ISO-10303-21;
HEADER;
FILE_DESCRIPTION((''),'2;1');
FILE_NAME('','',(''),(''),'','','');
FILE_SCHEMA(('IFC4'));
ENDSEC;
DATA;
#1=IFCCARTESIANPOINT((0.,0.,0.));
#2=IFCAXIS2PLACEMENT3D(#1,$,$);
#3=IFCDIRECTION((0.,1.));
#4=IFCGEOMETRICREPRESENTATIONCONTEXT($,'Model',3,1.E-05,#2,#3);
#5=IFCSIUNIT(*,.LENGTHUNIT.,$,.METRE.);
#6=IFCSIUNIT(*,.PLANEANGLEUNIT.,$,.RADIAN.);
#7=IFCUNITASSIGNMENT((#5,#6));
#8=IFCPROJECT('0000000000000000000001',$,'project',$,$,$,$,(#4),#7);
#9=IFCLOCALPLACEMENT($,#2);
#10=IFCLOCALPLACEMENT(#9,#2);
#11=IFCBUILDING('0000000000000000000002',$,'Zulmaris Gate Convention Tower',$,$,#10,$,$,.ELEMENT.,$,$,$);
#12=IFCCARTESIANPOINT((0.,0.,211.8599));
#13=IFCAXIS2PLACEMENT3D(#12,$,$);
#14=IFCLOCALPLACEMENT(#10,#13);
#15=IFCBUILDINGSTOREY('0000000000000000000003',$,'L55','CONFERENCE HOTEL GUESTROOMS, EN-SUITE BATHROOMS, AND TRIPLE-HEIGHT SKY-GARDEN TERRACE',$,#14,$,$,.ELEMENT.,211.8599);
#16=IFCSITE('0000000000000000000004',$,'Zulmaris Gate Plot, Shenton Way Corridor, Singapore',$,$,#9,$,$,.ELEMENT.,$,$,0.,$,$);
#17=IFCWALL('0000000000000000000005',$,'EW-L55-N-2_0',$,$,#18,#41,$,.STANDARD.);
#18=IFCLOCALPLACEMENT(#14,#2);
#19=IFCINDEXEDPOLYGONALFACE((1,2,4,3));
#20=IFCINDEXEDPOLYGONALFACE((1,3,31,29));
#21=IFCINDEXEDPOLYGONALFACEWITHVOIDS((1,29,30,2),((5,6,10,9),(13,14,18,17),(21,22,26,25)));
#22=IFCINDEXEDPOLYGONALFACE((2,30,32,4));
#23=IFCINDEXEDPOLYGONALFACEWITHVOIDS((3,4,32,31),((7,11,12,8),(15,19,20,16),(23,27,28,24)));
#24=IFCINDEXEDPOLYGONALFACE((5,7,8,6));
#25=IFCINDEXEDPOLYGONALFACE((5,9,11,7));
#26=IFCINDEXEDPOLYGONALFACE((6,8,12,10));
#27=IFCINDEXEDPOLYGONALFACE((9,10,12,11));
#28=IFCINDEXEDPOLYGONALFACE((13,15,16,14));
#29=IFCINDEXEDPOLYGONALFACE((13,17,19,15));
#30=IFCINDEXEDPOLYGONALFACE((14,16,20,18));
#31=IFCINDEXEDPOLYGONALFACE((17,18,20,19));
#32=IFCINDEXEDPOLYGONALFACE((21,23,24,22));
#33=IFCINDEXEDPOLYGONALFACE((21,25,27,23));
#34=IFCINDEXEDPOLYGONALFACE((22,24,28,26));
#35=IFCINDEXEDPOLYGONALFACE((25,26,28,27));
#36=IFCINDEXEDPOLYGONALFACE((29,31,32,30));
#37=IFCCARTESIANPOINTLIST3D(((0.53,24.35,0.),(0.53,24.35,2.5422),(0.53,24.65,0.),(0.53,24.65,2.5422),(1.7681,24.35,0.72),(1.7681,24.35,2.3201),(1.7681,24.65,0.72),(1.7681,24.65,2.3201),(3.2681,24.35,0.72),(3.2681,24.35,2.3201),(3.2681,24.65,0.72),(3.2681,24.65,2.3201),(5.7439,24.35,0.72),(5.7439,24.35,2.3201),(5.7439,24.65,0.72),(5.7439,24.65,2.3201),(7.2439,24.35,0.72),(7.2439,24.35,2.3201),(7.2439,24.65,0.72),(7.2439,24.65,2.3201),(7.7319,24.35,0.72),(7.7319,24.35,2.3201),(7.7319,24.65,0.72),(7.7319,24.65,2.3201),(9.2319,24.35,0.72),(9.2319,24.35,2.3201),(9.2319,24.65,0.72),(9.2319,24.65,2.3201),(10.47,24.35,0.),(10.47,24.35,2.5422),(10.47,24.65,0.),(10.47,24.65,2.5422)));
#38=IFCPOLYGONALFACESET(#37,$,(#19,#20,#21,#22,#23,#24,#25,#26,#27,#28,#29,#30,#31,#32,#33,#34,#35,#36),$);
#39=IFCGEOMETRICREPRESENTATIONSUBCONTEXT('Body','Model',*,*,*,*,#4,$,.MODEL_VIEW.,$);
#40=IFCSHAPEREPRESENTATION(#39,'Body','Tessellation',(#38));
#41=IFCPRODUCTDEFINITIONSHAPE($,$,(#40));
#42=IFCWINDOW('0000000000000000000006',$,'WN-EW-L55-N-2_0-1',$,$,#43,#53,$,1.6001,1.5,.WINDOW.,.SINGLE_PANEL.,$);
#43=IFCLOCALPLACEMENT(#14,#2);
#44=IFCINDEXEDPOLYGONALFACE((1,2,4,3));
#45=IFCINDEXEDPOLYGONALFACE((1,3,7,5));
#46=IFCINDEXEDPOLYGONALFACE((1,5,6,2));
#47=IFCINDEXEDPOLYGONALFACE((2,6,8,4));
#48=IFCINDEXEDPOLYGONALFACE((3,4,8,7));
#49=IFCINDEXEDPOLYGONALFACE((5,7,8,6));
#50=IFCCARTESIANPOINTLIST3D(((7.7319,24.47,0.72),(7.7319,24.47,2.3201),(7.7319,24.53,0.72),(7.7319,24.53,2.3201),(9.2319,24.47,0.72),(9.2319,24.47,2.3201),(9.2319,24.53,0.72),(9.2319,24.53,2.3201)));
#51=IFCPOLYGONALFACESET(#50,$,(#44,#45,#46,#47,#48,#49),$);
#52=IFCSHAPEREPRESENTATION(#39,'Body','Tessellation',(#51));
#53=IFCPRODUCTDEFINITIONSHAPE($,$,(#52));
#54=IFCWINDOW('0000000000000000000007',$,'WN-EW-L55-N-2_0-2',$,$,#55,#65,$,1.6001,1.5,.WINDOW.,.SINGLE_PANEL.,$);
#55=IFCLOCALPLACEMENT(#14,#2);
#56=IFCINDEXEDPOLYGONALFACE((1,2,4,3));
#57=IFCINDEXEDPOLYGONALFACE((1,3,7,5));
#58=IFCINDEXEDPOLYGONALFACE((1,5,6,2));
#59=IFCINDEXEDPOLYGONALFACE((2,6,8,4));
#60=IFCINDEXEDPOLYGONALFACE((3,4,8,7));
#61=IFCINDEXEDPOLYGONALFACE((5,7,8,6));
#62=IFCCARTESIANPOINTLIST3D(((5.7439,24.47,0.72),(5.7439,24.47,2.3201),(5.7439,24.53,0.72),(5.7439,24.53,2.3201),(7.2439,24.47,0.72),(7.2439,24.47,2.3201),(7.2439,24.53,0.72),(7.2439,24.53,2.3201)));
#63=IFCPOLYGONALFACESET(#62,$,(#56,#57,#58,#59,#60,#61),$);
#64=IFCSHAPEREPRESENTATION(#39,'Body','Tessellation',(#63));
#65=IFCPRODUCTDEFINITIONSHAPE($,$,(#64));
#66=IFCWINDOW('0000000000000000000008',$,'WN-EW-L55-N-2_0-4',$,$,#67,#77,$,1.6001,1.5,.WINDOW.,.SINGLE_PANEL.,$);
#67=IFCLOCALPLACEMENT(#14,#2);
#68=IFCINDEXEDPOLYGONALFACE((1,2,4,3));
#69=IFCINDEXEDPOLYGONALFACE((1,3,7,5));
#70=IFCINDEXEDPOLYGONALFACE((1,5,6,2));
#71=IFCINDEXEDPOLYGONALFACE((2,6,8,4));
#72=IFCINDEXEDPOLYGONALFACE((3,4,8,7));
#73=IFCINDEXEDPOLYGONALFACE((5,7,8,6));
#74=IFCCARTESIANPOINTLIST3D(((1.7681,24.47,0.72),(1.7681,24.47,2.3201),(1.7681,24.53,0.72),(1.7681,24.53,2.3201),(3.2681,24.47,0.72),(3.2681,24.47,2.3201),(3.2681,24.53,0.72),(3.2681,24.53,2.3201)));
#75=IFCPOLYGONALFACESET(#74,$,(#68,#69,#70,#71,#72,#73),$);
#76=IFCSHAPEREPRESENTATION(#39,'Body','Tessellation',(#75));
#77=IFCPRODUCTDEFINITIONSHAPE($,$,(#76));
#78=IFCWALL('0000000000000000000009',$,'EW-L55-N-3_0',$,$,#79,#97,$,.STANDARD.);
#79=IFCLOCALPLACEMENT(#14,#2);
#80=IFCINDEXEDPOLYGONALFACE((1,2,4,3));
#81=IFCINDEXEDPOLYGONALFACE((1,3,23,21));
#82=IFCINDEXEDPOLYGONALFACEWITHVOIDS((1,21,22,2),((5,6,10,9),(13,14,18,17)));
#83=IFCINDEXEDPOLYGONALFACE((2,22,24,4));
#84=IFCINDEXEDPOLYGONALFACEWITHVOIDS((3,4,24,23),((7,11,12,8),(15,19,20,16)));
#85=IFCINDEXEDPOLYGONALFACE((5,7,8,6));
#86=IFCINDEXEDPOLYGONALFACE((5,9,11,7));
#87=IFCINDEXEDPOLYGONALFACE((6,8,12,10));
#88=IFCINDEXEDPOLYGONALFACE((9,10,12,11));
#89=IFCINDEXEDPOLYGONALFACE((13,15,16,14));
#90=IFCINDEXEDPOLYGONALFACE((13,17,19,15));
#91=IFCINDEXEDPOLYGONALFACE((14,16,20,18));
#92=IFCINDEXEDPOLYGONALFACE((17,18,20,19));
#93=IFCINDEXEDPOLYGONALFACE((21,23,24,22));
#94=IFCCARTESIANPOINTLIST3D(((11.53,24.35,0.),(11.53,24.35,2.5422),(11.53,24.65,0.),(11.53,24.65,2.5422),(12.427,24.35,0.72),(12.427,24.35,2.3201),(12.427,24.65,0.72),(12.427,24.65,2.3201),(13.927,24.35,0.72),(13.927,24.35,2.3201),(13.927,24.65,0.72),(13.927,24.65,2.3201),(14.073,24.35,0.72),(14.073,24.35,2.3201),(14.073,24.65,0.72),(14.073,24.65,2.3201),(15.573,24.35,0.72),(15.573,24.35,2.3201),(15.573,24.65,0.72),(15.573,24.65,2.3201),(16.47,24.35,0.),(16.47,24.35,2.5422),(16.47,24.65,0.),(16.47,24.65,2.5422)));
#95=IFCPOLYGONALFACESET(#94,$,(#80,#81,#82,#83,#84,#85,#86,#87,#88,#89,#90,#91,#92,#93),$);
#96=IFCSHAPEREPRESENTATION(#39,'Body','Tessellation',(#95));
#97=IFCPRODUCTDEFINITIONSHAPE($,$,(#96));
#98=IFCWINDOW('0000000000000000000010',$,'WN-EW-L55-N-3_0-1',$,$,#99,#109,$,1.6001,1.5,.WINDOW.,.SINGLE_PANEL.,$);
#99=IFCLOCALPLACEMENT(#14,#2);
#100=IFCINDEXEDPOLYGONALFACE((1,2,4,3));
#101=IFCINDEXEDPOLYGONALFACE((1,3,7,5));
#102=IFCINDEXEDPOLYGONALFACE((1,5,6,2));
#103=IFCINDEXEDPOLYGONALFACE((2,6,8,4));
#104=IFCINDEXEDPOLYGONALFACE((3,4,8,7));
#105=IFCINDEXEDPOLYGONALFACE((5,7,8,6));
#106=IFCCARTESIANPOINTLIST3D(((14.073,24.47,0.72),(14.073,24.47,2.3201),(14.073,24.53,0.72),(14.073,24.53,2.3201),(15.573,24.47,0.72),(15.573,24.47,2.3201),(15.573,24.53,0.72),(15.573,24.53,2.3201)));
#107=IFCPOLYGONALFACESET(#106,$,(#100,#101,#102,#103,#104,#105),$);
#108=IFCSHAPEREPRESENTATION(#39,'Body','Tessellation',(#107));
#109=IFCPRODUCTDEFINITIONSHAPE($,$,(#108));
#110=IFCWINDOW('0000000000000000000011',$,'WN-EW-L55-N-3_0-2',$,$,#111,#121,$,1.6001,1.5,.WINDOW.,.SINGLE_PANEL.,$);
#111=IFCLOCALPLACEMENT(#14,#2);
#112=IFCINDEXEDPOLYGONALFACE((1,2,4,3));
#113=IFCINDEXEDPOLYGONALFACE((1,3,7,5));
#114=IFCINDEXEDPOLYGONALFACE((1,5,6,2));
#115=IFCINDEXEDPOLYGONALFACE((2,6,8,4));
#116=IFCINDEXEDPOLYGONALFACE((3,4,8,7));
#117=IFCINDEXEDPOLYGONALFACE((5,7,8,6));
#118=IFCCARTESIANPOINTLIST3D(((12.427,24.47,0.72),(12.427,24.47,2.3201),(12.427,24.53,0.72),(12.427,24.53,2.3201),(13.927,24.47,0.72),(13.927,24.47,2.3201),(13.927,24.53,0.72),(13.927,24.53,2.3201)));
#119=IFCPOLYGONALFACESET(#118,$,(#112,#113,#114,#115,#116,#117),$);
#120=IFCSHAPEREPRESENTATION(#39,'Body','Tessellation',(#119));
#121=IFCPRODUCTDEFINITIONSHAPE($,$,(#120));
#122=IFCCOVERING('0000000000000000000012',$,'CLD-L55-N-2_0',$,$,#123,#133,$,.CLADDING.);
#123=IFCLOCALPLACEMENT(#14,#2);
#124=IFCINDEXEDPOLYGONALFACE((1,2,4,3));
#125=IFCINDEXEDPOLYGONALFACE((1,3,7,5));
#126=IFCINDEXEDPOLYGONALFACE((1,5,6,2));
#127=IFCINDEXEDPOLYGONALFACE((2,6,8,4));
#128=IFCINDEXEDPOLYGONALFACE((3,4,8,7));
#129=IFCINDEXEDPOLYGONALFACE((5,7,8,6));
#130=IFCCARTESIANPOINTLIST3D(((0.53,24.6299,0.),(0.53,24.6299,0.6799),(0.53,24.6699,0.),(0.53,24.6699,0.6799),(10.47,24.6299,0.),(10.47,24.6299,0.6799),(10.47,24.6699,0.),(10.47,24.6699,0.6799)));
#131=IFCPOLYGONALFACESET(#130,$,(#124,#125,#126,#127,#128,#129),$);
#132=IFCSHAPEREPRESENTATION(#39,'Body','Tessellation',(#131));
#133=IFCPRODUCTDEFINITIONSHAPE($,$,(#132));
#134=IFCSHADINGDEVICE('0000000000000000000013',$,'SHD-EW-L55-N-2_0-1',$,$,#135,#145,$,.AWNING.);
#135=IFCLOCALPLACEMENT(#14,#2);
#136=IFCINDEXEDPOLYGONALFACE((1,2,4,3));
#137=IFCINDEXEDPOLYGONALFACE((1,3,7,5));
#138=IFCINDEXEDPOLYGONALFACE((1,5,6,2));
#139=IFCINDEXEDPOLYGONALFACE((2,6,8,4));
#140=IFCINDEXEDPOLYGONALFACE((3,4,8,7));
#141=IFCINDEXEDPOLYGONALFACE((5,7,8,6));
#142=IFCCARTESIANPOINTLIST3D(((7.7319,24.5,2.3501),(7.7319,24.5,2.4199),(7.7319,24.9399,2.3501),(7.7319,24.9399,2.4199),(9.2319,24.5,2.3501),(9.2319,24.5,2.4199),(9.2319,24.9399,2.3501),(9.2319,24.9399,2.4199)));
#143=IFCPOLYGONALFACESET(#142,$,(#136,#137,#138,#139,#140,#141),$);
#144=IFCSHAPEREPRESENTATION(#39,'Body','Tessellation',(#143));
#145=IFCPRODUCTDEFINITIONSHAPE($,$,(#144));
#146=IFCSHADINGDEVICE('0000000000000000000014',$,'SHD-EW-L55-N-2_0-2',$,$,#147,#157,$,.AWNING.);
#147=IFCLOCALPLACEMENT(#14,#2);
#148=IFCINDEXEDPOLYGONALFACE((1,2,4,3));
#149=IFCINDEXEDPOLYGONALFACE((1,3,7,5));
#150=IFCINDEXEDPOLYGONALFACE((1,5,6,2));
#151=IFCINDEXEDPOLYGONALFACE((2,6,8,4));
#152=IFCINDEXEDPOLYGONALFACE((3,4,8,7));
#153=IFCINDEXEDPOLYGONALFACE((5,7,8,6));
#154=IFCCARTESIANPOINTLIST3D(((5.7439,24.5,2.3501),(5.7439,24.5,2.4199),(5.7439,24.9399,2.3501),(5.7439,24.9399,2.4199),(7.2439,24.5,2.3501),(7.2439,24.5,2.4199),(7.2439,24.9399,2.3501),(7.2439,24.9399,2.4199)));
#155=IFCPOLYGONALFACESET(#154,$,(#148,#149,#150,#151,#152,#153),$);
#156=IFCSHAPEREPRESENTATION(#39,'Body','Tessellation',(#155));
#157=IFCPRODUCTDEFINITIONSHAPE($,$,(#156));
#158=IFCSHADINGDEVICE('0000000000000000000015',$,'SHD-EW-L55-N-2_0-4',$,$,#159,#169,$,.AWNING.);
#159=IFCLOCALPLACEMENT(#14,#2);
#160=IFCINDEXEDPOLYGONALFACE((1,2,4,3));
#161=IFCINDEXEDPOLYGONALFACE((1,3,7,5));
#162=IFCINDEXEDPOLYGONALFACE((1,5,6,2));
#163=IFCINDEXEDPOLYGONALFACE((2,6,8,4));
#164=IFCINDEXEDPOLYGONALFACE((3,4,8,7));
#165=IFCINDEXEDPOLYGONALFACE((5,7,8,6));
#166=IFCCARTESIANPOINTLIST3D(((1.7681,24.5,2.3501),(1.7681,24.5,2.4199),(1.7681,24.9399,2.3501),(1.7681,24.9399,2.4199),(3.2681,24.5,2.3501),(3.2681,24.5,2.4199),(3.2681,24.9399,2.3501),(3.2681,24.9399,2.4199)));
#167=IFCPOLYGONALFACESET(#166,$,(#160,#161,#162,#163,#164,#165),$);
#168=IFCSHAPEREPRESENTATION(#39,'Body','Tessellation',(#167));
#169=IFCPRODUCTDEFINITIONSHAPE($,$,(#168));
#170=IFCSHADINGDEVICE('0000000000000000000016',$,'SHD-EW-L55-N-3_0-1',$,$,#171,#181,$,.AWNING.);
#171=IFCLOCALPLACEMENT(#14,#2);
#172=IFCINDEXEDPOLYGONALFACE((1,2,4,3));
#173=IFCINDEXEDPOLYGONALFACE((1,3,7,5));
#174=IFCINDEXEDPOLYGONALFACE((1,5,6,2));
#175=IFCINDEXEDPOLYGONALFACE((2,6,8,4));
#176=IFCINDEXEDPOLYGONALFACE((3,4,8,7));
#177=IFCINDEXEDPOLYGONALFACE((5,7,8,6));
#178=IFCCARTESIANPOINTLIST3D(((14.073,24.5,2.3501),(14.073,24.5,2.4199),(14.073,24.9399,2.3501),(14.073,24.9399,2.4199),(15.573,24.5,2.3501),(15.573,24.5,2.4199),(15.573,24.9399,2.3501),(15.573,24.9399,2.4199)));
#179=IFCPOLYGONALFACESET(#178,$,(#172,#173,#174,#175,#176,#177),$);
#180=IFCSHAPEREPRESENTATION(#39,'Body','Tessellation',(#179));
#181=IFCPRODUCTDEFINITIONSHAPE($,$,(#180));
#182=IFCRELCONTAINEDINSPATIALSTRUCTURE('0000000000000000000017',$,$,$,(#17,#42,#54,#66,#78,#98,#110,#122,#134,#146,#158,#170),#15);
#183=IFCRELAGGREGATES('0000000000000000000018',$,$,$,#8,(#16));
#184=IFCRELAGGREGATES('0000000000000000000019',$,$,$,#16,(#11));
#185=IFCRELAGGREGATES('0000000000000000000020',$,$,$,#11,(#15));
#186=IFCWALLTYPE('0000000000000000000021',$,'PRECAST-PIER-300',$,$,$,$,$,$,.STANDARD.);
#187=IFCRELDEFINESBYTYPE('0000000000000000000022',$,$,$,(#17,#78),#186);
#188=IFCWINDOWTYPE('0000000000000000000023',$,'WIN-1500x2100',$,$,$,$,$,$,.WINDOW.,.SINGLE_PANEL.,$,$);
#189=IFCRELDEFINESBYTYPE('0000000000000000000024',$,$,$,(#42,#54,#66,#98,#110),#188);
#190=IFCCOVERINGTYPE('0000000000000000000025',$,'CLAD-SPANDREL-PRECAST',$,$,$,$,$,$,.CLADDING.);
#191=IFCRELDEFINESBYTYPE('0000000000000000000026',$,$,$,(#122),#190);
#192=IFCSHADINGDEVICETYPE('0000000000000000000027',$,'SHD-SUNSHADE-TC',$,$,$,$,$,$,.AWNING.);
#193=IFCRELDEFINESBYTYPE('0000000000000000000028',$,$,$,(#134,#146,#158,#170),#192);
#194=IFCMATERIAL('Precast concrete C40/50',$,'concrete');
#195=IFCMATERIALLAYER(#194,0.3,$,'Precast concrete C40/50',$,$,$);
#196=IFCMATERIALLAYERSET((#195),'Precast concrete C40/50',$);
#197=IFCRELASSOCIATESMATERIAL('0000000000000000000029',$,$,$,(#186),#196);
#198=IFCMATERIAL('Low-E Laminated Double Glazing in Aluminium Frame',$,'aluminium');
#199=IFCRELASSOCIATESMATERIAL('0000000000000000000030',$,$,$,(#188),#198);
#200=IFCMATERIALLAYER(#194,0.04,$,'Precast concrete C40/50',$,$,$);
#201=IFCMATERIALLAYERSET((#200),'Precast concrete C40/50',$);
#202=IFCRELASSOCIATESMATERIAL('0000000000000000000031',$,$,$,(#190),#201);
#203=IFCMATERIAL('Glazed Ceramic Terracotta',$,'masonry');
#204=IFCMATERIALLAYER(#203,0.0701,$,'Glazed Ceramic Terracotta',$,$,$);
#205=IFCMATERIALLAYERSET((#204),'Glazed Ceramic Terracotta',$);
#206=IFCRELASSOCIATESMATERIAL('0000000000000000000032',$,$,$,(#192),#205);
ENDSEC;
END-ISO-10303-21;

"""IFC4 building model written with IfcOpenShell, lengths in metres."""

from ifc_helpers import new_model, si_unit, direction, frame, frame_2d, origin, place, context, subcontext, project, spatial, rectangle, extrude, material, layer, layer_set, type_object, element, fill, save


model = new_model("IFC4")

# Units and contexts
model_context = context("Model", 3, precision=1e-05, world=origin(), true_north=direction((0.0, 1.0)))
body_context = subcontext(model_context, "Body", "Model", "MODEL_VIEW")
ifc_project = project(units=[si_unit("LENGTHUNIT", "METRE"), si_unit("PLANEANGLEUNIT", "RADIAN")], contexts=[model_context])

# Site, building, storey
site_placement = place(None, origin())
site = spatial("IfcSite", under=ifc_project, at=site_placement, Name="Zulmaris Gate Plot, Shenton Way Corridor, Singapore", CompositionType="ELEMENT", RefElevation=0.0)
building_placement = place(site_placement, origin())
building = spatial("IfcBuilding", under=site, at=building_placement, Name="Zulmaris Gate Convention Tower", CompositionType="ELEMENT")
storey_placement = place(building_placement, frame((0.0, 0.0, 211.8599)))
storey = spatial("IfcBuildingStorey", under=building, at=storey_placement, Name="L55", Description="CONFERENCE HOTEL GUESTROOMS, EN-SUITE BATHROOMS, AND TRIPLE-HEIGHT SKY-GARDEN TERRACE", CompositionType="ELEMENT", Elevation=211.8599)

# Walls, openings, windows
ifc_material_1 = material(Name="Precast concrete C40/50", Category="concrete")
ifc_layer_1 = layer(ifc_material_1, 0.3, Name="Precast concrete C40/50")
ifc_layer_set_1 = layer_set([ifc_layer_1], Name="Precast concrete C40/50")
wall_type_1 = type_object("IfcWallType", Name="PRECAST-PIER-300", PredefinedType="STANDARD", material=ifc_layer_set_1)
wall_1_placement = place(storey_placement, frame((10.47, 24.5, 0.0), z_axis=(0.0, 0.0, 1.0), x_axis=(-1.0, 0.0, 0.0)))
wall_1 = element("IfcWall", 1, at=wall_1_placement, inside=storey, type_object=wall_type_1, Name="EW-L55-N-2_0", PredefinedType="STANDARD", context=body_context, shape_type="SweptSolid", body=[
    extrude(rectangle(XDim=9.9399, YDim=0.3, at=frame_2d((4.97, 0.0))), origin(), (0.0, 0.0, 1.0), 2.5422),
])
opening_1_placement = place(wall_1_placement, frame((1.238, 0.0, 0.72)))
opening_1 = element("IfcOpeningElement", 2, at=opening_1_placement, cuts=wall_1, PredefinedType="OPENING", context=body_context, shape_type="SweptSolid", body=[
    extrude(rectangle(XDim=1.5, YDim=1.6001, at=frame_2d((0.75, 0.8))), frame((0.0, 0.1602, 0.0), z_axis=(0.0, -1.0, 0.0), x_axis=(1.0, 0.0, 0.0)), (0.0, 0.0, 1.0), 0.3201),
])
opening_2_placement = place(wall_1_placement, frame((3.2261, 0.0, 0.72)))
opening_2 = element("IfcOpeningElement", 3, at=opening_2_placement, cuts=wall_1, PredefinedType="OPENING", context=body_context, shape_type="SweptSolid", body=[
    extrude(rectangle(XDim=1.5, YDim=1.6001, at=frame_2d((0.75, 0.8))), frame((0.0, 0.1602, 0.0), z_axis=(0.0, -1.0, 0.0), x_axis=(1.0, 0.0, 0.0)), (0.0, 0.0, 1.0), 0.3201),
])
opening_3_placement = place(wall_1_placement, frame((7.2019, 0.0, 0.72)))
opening_3 = element("IfcOpeningElement", 4, at=opening_3_placement, cuts=wall_1, PredefinedType="OPENING", context=body_context, shape_type="SweptSolid", body=[
    extrude(rectangle(XDim=1.5, YDim=1.6001, at=frame_2d((0.75, 0.8))), frame((0.0, 0.1602, 0.0), z_axis=(0.0, -1.0, 0.0), x_axis=(1.0, 0.0, 0.0)), (0.0, 0.0, 1.0), 0.3201),
])
ifc_material_2 = material(Name="Low-E Laminated Double Glazing in Aluminium Frame", Category="aluminium")
window_type = type_object("IfcWindowType", Name="WIN-1500x2100", PartitioningType="SINGLE_PANEL", PredefinedType="WINDOW", material=ifc_material_2)
window_1_placement = place(opening_1_placement, origin())
window_1 = element("IfcWindow", 5, at=window_1_placement, inside=storey, type_object=window_type, Name="WN-EW-L55-N-2_0-1", OverallHeight=1.6001, OverallWidth=1.5, PartitioningType="SINGLE_PANEL", PredefinedType="WINDOW", context=body_context, shape_type="SweptSolid", body=[
    extrude(rectangle(XDim=1.5, YDim=1.6001, at=frame_2d((0.75, 0.8))), frame((0.0, 0.03, 0.0), z_axis=(0.0, -1.0, 0.0), x_axis=(1.0, 0.0, 0.0)), (0.0, 0.0, 1.0), 0.0601),
])
fill(opening_1, window_1)
window_2_placement = place(opening_2_placement, origin())
window_2 = element("IfcWindow", 6, at=window_2_placement, inside=storey, type_object=window_type, Name="WN-EW-L55-N-2_0-2", OverallHeight=1.6001, OverallWidth=1.5, PartitioningType="SINGLE_PANEL", PredefinedType="WINDOW", context=body_context, shape_type="SweptSolid", body=[
    extrude(rectangle(XDim=1.5, YDim=1.6001, at=frame_2d((0.75, 0.8))), frame((0.0, 0.03, 0.0), z_axis=(0.0, -1.0, 0.0), x_axis=(1.0, 0.0, 0.0)), (0.0, 0.0, 1.0), 0.0601),
])
fill(opening_2, window_2)
window_3_placement = place(opening_3_placement, origin())
window_3 = element("IfcWindow", 7, at=window_3_placement, inside=storey, type_object=window_type, Name="WN-EW-L55-N-2_0-4", OverallHeight=1.6001, OverallWidth=1.5, PartitioningType="SINGLE_PANEL", PredefinedType="WINDOW", context=body_context, shape_type="SweptSolid", body=[
    extrude(rectangle(XDim=1.5, YDim=1.6001, at=frame_2d((0.75, 0.8))), frame((0.0, 0.03, 0.0), z_axis=(0.0, -1.0, 0.0), x_axis=(1.0, 0.0, 0.0)), (0.0, 0.0, 1.0), 0.0601),
])
fill(opening_3, window_3)
wall_2_placement = place(storey_placement, frame((16.47, 24.5, 0.0), z_axis=(0.0, 0.0, 1.0), x_axis=(-1.0, 0.0, 0.0)))
wall_2 = element("IfcWall", 8, at=wall_2_placement, inside=storey, type_object=wall_type_1, Name="EW-L55-N-3_0", PredefinedType="STANDARD", context=body_context, shape_type="SweptSolid", body=[
    extrude(rectangle(XDim=4.9399, YDim=0.3, at=frame_2d((2.47, 0.0))), origin(), (0.0, 0.0, 1.0), 2.5422),
])
opening_4_placement = place(wall_2_placement, frame((0.897, 0.0, 0.72)))
opening_4 = element("IfcOpeningElement", 9, at=opening_4_placement, cuts=wall_2, PredefinedType="OPENING", context=body_context, shape_type="SweptSolid", body=[
    extrude(rectangle(XDim=1.5, YDim=1.6001, at=frame_2d((0.75, 0.8))), frame((0.0, 0.1602, 0.0), z_axis=(0.0, -1.0, 0.0), x_axis=(1.0, 0.0, 0.0)), (0.0, 0.0, 1.0), 0.3201),
])
opening_5_placement = place(wall_2_placement, frame((2.543, 0.0, 0.72)))
opening_5 = element("IfcOpeningElement", 10, at=opening_5_placement, cuts=wall_2, PredefinedType="OPENING", context=body_context, shape_type="SweptSolid", body=[
    extrude(rectangle(XDim=1.5, YDim=1.6001, at=frame_2d((0.75, 0.8))), frame((0.0, 0.1602, 0.0), z_axis=(0.0, -1.0, 0.0), x_axis=(1.0, 0.0, 0.0)), (0.0, 0.0, 1.0), 0.3201),
])
window_4_placement = place(opening_4_placement, origin())
window_4 = element("IfcWindow", 11, at=window_4_placement, inside=storey, type_object=window_type, Name="WN-EW-L55-N-3_0-1", OverallHeight=1.6001, OverallWidth=1.5, PartitioningType="SINGLE_PANEL", PredefinedType="WINDOW", context=body_context, shape_type="SweptSolid", body=[
    extrude(rectangle(XDim=1.5, YDim=1.6001, at=frame_2d((0.75, 0.8))), frame((0.0, 0.03, 0.0), z_axis=(0.0, -1.0, 0.0), x_axis=(1.0, 0.0, 0.0)), (0.0, 0.0, 1.0), 0.0601),
])
fill(opening_4, window_4)
window_5_placement = place(opening_5_placement, origin())
window_5 = element("IfcWindow", 12, at=window_5_placement, inside=storey, type_object=window_type, Name="WN-EW-L55-N-3_0-2", OverallHeight=1.6001, OverallWidth=1.5, PartitioningType="SINGLE_PANEL", PredefinedType="WINDOW", context=body_context, shape_type="SweptSolid", body=[
    extrude(rectangle(XDim=1.5, YDim=1.6001, at=frame_2d((0.75, 0.8))), frame((0.0, 0.03, 0.0), z_axis=(0.0, -1.0, 0.0), x_axis=(1.0, 0.0, 0.0)), (0.0, 0.0, 1.0), 0.0601),
])
fill(opening_5, window_5)

# Covering
ifc_layer_2 = layer(ifc_material_1, 0.04, Name="Precast concrete C40/50")
ifc_layer_set_2 = layer_set([ifc_layer_2], Name="Precast concrete C40/50")
covering_type = type_object("IfcCoveringType", Name="CLAD-SPANDREL-PRECAST", PredefinedType="CLADDING", material=ifc_layer_set_2)
covering_placement = place(storey_placement, frame((10.47, 24.6499, 0.0), z_axis=(0.0, 0.0, 1.0), x_axis=(-1.0, 0.0, 0.0)))
element("IfcCovering", 13, at=covering_placement, inside=storey, type_object=covering_type, Name="CLD-L55-N-2_0", PredefinedType="CLADDING", context=body_context, shape_type="SweptSolid", body=[
    extrude(rectangle(XDim=9.9399, YDim=0.04, at=frame_2d((4.97, 0.0))), origin(), (0.0, 0.0, 1.0), 0.6799),
])

# Shading devices
ifc_material_3 = material(Name="Glazed Ceramic Terracotta", Category="masonry")
ifc_layer_3 = layer(ifc_material_3, 0.0701, Name="Glazed Ceramic Terracotta")
ifc_layer_set_3 = layer_set([ifc_layer_3], Name="Glazed Ceramic Terracotta")
shading_device_type = type_object("IfcShadingDeviceType", Name="SHD-SUNSHADE-TC", PredefinedType="AWNING", material=ifc_layer_set_3)
for number, where, z_axis, x_axis, name in (
    (14, (9.2319, 24.72, 2.3501), (0.0, 0.0, 1.0), (-1.0, 0.0, 0.0), "SHD-EW-L55-N-2_0-1"),
    (15, (7.2439, 24.72, 2.3501), (0.0, 0.0, 1.0), (-1.0, 0.0, 0.0), "SHD-EW-L55-N-2_0-2"),
    (16, (3.2681, 24.72, 2.3501), (0.0, 0.0, 1.0), (-1.0, 0.0, 0.0), "SHD-EW-L55-N-2_0-4"),
    (17, (15.573, 24.72, 2.3501), (0.0, 0.0, 1.0), (-1.0, 0.0, 0.0), "SHD-EW-L55-N-3_0-1"),
):
    element("IfcShadingDevice", number, at=place(storey_placement, frame(where, z_axis=z_axis, x_axis=x_axis)), inside=storey, type_object=shading_device_type, Name=name, PredefinedType="AWNING", context=body_context, shape_type="SweptSolid", body=[
        extrude(rectangle(XDim=1.5, YDim=0.4399, at=frame_2d((0.75, 0.0))), origin(), (0.0, 0.0, 1.0), 0.0698),
    ])

save(model, "model.ifc")
